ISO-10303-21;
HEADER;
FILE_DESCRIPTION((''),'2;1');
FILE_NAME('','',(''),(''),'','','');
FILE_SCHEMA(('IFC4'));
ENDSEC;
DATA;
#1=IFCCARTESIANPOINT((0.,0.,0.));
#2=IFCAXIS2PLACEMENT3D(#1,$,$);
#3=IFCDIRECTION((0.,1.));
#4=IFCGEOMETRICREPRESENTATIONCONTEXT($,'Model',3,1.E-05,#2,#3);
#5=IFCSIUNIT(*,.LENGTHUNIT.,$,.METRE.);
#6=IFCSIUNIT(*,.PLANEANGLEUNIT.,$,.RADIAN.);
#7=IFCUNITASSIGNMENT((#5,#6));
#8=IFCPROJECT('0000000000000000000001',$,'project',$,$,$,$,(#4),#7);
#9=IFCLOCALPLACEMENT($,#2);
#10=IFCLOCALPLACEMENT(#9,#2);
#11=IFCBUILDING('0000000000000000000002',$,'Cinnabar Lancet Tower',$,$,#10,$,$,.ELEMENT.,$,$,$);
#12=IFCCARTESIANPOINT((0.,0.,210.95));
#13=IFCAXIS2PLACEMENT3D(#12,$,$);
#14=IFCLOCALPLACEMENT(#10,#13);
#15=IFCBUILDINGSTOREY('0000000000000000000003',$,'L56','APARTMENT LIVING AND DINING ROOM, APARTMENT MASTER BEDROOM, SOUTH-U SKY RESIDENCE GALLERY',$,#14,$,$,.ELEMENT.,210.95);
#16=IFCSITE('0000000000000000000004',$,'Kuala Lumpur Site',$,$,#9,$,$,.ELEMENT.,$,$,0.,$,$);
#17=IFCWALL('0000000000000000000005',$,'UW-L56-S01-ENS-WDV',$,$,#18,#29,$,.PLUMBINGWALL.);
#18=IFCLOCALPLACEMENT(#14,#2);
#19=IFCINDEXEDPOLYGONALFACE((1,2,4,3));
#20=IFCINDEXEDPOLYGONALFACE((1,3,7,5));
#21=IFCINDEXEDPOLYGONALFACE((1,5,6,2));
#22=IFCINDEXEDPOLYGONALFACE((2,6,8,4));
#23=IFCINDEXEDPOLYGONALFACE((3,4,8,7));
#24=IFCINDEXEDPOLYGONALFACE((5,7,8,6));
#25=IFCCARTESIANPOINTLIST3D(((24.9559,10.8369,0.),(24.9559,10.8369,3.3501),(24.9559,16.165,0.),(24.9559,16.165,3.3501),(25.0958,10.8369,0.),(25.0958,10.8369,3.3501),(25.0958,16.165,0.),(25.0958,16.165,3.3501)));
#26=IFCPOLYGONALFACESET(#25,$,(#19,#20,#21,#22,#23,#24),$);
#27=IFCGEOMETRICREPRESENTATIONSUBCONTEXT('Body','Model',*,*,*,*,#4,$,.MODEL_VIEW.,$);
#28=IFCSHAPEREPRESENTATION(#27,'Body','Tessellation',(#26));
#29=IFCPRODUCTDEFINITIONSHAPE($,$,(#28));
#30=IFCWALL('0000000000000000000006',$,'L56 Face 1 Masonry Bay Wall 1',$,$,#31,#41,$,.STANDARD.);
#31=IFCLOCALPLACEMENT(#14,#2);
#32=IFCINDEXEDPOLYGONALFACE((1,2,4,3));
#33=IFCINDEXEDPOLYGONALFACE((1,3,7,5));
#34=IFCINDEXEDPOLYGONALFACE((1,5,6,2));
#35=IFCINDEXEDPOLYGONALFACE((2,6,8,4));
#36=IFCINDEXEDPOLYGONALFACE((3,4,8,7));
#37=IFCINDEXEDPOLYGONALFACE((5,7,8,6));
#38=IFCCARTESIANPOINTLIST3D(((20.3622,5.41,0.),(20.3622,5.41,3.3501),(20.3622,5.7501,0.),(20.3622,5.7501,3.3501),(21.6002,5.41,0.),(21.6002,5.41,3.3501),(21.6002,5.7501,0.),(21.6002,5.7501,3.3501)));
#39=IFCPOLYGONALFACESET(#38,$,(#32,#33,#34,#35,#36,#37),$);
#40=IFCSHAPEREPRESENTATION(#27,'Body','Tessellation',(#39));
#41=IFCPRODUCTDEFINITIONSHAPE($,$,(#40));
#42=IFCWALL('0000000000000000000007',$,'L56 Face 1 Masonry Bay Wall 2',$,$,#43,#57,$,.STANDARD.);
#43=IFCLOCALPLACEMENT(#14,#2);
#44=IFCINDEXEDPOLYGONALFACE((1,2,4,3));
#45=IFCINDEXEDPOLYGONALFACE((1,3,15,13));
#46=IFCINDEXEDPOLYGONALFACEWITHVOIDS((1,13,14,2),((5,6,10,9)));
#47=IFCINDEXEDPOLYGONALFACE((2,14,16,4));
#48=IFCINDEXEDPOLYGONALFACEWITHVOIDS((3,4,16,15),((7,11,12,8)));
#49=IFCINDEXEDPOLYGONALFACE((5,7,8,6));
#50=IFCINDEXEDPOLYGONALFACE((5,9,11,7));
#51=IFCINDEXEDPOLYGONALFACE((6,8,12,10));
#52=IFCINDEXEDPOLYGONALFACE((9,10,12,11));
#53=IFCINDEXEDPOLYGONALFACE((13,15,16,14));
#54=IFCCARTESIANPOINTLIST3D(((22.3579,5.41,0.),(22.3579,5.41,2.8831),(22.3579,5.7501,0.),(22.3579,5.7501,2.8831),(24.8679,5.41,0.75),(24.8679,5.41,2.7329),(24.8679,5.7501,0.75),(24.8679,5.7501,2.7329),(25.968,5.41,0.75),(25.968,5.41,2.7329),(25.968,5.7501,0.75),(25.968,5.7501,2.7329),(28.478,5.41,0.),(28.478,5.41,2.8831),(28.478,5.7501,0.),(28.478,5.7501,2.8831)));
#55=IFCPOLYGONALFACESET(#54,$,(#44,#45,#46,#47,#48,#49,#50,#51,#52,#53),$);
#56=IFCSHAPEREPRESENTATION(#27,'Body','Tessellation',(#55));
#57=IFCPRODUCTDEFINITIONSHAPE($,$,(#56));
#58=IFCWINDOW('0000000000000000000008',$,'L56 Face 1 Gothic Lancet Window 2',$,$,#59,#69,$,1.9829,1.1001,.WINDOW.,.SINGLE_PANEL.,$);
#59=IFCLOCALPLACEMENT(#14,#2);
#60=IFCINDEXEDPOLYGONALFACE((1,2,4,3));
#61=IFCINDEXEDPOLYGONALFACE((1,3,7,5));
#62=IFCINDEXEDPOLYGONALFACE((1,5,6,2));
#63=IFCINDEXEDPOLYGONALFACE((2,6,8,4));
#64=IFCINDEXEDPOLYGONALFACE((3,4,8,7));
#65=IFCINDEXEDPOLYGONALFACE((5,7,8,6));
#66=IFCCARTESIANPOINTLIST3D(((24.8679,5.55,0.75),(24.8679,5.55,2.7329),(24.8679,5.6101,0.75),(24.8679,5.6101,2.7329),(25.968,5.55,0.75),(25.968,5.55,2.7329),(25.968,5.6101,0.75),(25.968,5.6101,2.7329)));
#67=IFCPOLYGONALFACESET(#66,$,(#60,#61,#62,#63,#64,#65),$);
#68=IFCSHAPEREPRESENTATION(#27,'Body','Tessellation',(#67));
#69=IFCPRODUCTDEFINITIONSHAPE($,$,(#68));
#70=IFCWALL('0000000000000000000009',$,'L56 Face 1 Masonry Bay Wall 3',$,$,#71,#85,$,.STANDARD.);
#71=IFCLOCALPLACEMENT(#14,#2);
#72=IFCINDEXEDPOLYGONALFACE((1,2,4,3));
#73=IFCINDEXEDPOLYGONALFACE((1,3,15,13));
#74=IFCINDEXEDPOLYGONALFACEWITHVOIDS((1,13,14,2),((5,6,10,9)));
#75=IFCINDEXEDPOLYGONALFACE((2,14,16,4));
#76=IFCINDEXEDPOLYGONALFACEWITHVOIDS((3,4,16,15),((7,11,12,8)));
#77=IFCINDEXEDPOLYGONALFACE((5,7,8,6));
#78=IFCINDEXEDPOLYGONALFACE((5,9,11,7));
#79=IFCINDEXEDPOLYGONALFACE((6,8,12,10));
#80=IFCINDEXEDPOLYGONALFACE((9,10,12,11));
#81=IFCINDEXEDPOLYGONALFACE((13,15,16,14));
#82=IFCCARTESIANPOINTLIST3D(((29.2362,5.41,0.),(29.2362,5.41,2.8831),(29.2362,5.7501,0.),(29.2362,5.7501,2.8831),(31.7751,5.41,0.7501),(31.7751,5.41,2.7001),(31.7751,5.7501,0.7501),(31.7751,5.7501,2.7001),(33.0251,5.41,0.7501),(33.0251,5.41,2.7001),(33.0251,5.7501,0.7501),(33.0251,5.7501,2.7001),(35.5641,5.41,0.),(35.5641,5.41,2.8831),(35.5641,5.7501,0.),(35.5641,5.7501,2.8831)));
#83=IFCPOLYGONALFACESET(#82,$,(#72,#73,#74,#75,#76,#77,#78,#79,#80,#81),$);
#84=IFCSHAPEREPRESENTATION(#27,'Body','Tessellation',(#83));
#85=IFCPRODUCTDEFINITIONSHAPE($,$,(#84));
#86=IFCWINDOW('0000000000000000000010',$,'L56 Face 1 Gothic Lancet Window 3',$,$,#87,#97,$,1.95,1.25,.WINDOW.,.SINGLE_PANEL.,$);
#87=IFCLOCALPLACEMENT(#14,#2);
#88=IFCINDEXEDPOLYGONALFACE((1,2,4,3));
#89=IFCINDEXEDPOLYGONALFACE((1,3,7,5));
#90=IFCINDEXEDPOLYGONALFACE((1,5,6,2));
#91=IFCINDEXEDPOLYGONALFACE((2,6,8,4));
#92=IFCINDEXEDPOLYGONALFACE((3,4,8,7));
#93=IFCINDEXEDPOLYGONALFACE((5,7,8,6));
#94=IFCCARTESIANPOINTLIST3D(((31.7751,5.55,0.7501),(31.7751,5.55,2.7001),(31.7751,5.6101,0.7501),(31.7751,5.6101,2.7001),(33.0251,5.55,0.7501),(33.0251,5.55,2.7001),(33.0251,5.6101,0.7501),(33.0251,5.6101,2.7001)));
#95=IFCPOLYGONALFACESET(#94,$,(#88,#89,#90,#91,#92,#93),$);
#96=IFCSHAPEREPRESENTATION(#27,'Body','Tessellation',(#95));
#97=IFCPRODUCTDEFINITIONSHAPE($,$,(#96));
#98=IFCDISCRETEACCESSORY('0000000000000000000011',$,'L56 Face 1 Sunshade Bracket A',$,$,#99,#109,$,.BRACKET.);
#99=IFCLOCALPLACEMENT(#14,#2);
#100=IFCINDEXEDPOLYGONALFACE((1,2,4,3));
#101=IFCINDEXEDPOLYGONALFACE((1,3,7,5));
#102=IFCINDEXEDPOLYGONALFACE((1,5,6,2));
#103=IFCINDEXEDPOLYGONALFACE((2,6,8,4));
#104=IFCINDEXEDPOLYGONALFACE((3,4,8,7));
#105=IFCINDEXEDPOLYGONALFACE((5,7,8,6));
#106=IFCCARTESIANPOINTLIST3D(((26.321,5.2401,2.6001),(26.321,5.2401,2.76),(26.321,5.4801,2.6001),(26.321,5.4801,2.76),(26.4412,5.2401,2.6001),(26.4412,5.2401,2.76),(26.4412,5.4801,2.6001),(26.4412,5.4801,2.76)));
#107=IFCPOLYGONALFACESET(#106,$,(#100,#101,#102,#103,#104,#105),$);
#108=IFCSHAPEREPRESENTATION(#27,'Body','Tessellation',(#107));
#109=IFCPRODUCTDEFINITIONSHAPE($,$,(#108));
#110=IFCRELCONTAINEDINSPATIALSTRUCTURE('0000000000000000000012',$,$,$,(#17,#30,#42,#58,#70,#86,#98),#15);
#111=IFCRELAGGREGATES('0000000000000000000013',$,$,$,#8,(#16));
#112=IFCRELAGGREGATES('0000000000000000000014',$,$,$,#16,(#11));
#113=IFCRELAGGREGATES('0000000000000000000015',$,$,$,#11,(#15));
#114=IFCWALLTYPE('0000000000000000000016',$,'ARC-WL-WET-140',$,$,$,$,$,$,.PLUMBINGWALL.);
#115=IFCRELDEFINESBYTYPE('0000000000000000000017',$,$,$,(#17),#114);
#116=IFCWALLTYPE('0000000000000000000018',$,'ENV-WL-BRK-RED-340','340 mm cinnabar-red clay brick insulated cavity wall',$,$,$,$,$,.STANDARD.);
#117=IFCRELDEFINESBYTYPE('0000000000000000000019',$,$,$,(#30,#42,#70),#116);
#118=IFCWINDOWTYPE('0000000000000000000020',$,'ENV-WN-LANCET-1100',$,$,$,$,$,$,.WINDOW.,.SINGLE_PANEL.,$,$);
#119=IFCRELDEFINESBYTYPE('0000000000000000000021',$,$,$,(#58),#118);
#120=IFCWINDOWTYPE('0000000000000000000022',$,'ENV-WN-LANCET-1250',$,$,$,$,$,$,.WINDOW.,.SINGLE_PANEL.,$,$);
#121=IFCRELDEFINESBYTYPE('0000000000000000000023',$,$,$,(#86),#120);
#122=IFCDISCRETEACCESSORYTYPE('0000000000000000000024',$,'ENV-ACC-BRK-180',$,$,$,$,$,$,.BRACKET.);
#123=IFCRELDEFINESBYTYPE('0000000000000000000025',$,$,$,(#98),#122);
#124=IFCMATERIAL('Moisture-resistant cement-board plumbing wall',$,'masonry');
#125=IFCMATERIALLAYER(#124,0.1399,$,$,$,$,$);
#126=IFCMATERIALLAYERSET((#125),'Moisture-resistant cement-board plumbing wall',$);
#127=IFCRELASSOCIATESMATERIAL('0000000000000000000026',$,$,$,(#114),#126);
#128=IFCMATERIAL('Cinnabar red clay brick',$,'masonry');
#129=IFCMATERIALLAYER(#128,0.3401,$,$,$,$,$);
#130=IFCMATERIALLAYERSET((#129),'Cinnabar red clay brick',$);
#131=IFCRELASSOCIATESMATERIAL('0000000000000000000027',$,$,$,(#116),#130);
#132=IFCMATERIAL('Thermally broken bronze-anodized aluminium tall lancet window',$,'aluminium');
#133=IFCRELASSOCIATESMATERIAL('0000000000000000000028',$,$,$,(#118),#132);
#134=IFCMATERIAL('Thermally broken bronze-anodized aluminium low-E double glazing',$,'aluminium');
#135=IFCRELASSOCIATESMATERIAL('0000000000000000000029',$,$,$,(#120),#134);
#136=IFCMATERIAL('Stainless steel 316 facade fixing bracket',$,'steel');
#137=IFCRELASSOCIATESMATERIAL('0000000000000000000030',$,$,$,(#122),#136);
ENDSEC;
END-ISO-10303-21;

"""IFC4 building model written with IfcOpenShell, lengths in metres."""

from ifc_helpers import new_model, si_unit, direction, frame, frame_2d, origin, origin_2d, place, context, subcontext, project, spatial, rectangle, extrude, material, layer, layer_set, type_object, element, fill, save


model = new_model("IFC4")

# Units and contexts
model_context = context("Model", 3, precision=1e-05, world=origin(), true_north=direction((0.0, 1.0)))
body_context = subcontext(model_context, "Body", "Model", "MODEL_VIEW")
ifc_project = project(units=[si_unit("LENGTHUNIT", "METRE"), si_unit("PLANEANGLEUNIT", "RADIAN")], contexts=[model_context])

# Site, building, storey
site_placement = place(None, origin())
site = spatial("IfcSite", under=ifc_project, at=site_placement, Name="Kuala Lumpur Site", CompositionType="ELEMENT", RefElevation=0.0)
building_placement = place(site_placement, origin())
building = spatial("IfcBuilding", under=site, at=building_placement, Name="Cinnabar Lancet Tower", CompositionType="ELEMENT")
storey_placement = place(building_placement, frame((0.0, 0.0, 210.95)))
storey = spatial("IfcBuildingStorey", under=building, at=storey_placement, Name="L56", Description="APARTMENT LIVING AND DINING ROOM, APARTMENT MASTER BEDROOM, SOUTH-U SKY RESIDENCE GALLERY", CompositionType="ELEMENT", Elevation=210.95)

# Shared definitions
ifc_material_1 = material(Name="Moisture-resistant cement-board plumbing wall", Category="masonry")
ifc_layer_1 = layer(ifc_material_1, 0.1399)
ifc_layer_set_1 = layer_set([ifc_layer_1], Name="Moisture-resistant cement-board plumbing wall")
wall_type_1 = type_object("IfcWallType", Name="ARC-WL-WET-140", PredefinedType="PLUMBINGWALL", material=ifc_layer_set_1)

# Walls
wall_1_placement = place(storey_placement, frame((25.0259, 10.8369, 0.0), z_axis=(0.0, 0.0, 1.0), x_axis=(0.0, 1.0, 0.0)))
element("IfcWall", 1, at=wall_1_placement, inside=storey, type_object=wall_type_1, Name="UW-L56-S01-ENS-WDV", PredefinedType="PLUMBINGWALL", context=body_context, shape_type="SweptSolid", body=[
    extrude(rectangle(XDim=5.3281, YDim=0.1399, at=frame_2d((2.6641, 0.0))), origin(), (0.0, 0.0, 1.0), 3.3501),
])
ifc_material_2 = material(Name="Cinnabar red clay brick", Category="masonry")
ifc_layer_2 = layer(ifc_material_2, 0.3401)
ifc_layer_set_2 = layer_set([ifc_layer_2], Name="Cinnabar red clay brick")
wall_type_2 = type_object("IfcWallType", Name="ENV-WL-BRK-RED-340", Description="340 mm cinnabar-red clay brick insulated cavity wall", PredefinedType="STANDARD", material=ifc_layer_set_2)
wall_2_placement = place(storey_placement, frame((20.3621, 5.5801, 0.0), z_axis=(0.0, 0.0, 1.0), x_axis=(1.0, 0.0, 0.0)))
element("IfcWall", 2, at=wall_2_placement, inside=storey, type_object=wall_type_2, Name="L56 Face 1 Masonry Bay Wall 1", PredefinedType="STANDARD", context=body_context, shape_type="SweptSolid", body=[
    extrude(rectangle(XDim=1.238, YDim=0.3401, at=frame_2d((0.6191, 0.0))), origin(), (0.0, 0.0, 1.0), 3.3501),
])

# Walls, openings, windows
wall_3_placement = place(storey_placement, frame((22.3579, 5.5801, 0.0), z_axis=(0.0, 0.0, 1.0), x_axis=(1.0, 0.0, 0.0)))
wall_3 = element("IfcWall", 3, at=wall_3_placement, inside=storey, type_object=wall_type_2, Name="L56 Face 1 Masonry Bay Wall 2", PredefinedType="STANDARD", context=body_context, shape_type="SweptSolid", body=[
    extrude(rectangle(XDim=6.1201, YDim=0.3401, at=frame_2d((3.0601, 0.0))), origin(), (0.0, 0.0, 1.0), 2.8831),
])
opening_1_placement = place(wall_3_placement, frame((2.51, 0.0, 0.75)))
opening_1 = element("IfcOpeningElement", 4, at=opening_1_placement, cuts=wall_3, PredefinedType="OPENING", context=body_context, shape_type="SweptSolid", body=[
    extrude(rectangle(XDim=1.1001, YDim=1.9829, at=frame_2d((0.55, 0.9915))), frame((0.0, 0.1799, 0.0), z_axis=(0.0, -1.0, 0.0), x_axis=(1.0, 0.0, 0.0)), (0.0, 0.0, 1.0), 0.3601),
])
ifc_material_3 = material(Name="Thermally broken bronze-anodized aluminium tall lancet window", Category="aluminium")
window_type_1 = type_object("IfcWindowType", Name="ENV-WN-LANCET-1100", PartitioningType="SINGLE_PANEL", PredefinedType="WINDOW", material=ifc_material_3)
window_1_placement = place(opening_1_placement, origin())
window_1 = element("IfcWindow", 5, at=window_1_placement, inside=storey, type_object=window_type_1, Name="L56 Face 1 Gothic Lancet Window 2", OverallHeight=1.9829, OverallWidth=1.1001, PartitioningType="SINGLE_PANEL", PredefinedType="WINDOW", context=body_context, shape_type="SweptSolid", body=[
    extrude(rectangle(XDim=1.1001, YDim=1.9829, at=frame_2d((0.55, 0.9915))), frame((0.0, 0.03, 0.0), z_axis=(0.0, -1.0, 0.0), x_axis=(1.0, 0.0, 0.0)), (0.0, 0.0, 1.0), 0.0601),
])
fill(opening_1, window_1)
wall_4_placement = place(storey_placement, frame((29.2361, 5.5801, 0.0), z_axis=(0.0, 0.0, 1.0), x_axis=(1.0, 0.0, 0.0)))
wall_4 = element("IfcWall", 6, at=wall_4_placement, inside=storey, type_object=wall_type_2, Name="L56 Face 1 Masonry Bay Wall 3", PredefinedType="STANDARD", context=body_context, shape_type="SweptSolid", body=[
    extrude(rectangle(XDim=6.3279, YDim=0.3401, at=frame_2d((3.1641, 0.0))), origin(), (0.0, 0.0, 1.0), 2.8831),
])
opening_2_placement = place(wall_4_placement, frame((2.5391, 0.0, 0.75)))
opening_2 = element("IfcOpeningElement", 7, at=opening_2_placement, cuts=wall_4, PredefinedType="OPENING", context=body_context, shape_type="SweptSolid", body=[
    extrude(rectangle(XDim=1.25, YDim=1.95, at=frame_2d((0.625, 0.9751))), frame((0.0, 0.1799, 0.0), z_axis=(0.0, -1.0, 0.0), x_axis=(1.0, 0.0, 0.0)), (0.0, 0.0, 1.0), 0.3601),
])
ifc_material_4 = material(Name="Thermally broken bronze-anodized aluminium low-E double glazing", Category="aluminium")
window_type_2 = type_object("IfcWindowType", Name="ENV-WN-LANCET-1250", PartitioningType="SINGLE_PANEL", PredefinedType="WINDOW", material=ifc_material_4)
window_2_placement = place(opening_2_placement, origin())
window_2 = element("IfcWindow", 8, at=window_2_placement, inside=storey, type_object=window_type_2, Name="L56 Face 1 Gothic Lancet Window 3", OverallHeight=1.95, OverallWidth=1.25, PartitioningType="SINGLE_PANEL", PredefinedType="WINDOW", context=body_context, shape_type="SweptSolid", body=[
    extrude(rectangle(XDim=1.25, YDim=1.95, at=frame_2d((0.625, 0.9751))), frame((0.0, 0.03, 0.0), z_axis=(0.0, -1.0, 0.0), x_axis=(1.0, 0.0, 0.0)), (0.0, 0.0, 1.0), 0.0601),
])
fill(opening_2, window_2)

# Discrete accessory
ifc_material_5 = material(Name="Stainless steel 316 facade fixing bracket", Category="steel")
discrete_accessory_type = type_object("IfcDiscreteAccessoryType", Name="ENV-ACC-BRK-180", PredefinedType="BRACKET", material=ifc_material_5)
discrete_accessory_placement = place(storey_placement, frame((26.3811, 5.3601, 2.6001), z_axis=(0.0, 0.0, 1.0), x_axis=(1.0, 0.0, 0.0)))
element("IfcDiscreteAccessory", 9, at=discrete_accessory_placement, inside=storey, type_object=discrete_accessory_type, Name="L56 Face 1 Sunshade Bracket A", PredefinedType="BRACKET", context=body_context, shape_type="SweptSolid", body=[
    extrude(rectangle(XDim=0.1201, YDim=0.24, at=origin_2d()), origin(), (0.0, 0.0, 1.0), 0.1599),
])

save(model, "model.ifc")
